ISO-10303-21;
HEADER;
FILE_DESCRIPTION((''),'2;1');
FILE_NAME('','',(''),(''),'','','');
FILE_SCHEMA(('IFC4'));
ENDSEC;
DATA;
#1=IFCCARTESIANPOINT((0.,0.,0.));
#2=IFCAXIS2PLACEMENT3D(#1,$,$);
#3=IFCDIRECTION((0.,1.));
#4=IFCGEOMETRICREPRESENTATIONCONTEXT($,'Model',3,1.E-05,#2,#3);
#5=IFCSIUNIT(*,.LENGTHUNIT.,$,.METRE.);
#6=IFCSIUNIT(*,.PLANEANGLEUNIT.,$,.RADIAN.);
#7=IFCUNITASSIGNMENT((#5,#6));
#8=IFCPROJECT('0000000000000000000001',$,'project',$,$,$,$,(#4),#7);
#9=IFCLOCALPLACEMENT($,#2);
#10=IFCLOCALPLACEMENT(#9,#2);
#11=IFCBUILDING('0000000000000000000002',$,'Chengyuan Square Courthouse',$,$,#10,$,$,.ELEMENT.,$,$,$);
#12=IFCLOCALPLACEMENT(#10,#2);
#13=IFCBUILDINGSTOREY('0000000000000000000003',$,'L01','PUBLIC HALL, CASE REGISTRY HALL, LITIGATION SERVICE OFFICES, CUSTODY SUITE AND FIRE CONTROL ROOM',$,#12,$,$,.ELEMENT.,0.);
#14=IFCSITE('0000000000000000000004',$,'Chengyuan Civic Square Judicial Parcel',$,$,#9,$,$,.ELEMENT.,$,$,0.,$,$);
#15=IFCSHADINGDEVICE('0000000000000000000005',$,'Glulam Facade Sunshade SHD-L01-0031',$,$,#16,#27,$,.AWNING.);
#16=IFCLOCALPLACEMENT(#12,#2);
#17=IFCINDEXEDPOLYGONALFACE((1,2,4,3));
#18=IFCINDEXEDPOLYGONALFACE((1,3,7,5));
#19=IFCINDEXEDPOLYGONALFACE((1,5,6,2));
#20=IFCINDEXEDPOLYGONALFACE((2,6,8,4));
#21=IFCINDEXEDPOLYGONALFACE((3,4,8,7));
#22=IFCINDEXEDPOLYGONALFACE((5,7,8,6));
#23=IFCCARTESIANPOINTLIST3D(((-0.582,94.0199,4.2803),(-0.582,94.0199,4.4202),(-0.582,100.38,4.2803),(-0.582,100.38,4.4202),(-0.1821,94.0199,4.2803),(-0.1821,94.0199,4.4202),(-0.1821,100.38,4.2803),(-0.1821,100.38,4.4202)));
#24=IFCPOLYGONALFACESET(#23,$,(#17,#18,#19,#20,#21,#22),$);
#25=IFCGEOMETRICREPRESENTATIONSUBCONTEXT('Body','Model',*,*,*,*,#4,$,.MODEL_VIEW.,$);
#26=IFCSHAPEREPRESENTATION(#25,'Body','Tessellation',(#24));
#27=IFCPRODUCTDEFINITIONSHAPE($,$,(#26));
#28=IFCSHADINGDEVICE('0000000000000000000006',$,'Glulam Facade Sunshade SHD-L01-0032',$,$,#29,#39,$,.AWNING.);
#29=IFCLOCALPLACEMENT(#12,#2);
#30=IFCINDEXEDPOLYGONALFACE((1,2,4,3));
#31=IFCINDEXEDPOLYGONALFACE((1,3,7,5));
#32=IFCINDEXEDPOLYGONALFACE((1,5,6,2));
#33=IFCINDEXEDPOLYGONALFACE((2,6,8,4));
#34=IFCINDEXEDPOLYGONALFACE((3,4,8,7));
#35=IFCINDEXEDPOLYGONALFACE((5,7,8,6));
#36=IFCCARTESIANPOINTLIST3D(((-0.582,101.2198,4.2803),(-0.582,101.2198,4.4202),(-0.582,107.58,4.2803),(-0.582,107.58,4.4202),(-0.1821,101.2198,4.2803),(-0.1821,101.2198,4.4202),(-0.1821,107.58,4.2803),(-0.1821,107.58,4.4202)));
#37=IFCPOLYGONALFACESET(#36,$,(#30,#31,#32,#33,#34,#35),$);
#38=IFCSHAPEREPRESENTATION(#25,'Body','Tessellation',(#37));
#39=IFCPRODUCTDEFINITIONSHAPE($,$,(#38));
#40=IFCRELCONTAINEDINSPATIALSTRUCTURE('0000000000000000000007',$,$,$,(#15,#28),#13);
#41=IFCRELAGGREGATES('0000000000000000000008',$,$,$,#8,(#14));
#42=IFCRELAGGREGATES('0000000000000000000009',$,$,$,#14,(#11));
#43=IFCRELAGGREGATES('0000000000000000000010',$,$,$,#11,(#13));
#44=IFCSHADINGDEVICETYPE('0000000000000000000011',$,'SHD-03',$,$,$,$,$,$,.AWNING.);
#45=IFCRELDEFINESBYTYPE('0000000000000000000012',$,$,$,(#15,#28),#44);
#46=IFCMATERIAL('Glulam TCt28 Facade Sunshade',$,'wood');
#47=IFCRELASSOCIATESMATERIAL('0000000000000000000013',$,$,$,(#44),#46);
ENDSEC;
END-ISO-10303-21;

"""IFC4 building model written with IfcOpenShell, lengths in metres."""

from ifc_helpers import new_model, si_unit, direction, frame, origin, origin_2d, place, context, subcontext, project, spatial, rectangle, extrude, material, type_object, element, save


model = new_model("IFC4")

# Units and contexts
model_context = context("Model", 3, precision=1e-05, world=origin(), true_north=direction((0.0, 1.0)))
body_context = subcontext(model_context, "Body", "Model", "MODEL_VIEW")
ifc_project = project(units=[si_unit("LENGTHUNIT", "METRE"), si_unit("PLANEANGLEUNIT", "RADIAN")], contexts=[model_context])

# Site, building, storey
site_placement = place(None, origin())
site = spatial("IfcSite", under=ifc_project, at=site_placement, Name="Chengyuan Civic Square Judicial Parcel", CompositionType="ELEMENT", RefElevation=0.0)
building_placement = place(site_placement, origin())
building = spatial("IfcBuilding", under=site, at=building_placement, Name="Chengyuan Square Courthouse", CompositionType="ELEMENT")
storey_placement = place(building_placement, origin())
storey = spatial("IfcBuildingStorey", under=building, at=storey_placement, Name="L01", Description="PUBLIC HALL, CASE REGISTRY HALL, LITIGATION SERVICE OFFICES, CUSTODY SUITE AND FIRE CONTROL ROOM", CompositionType="ELEMENT", Elevation=0.0)

# Shading devices
ifc_material_1 = material(Name="Glulam TCt28 Facade Sunshade", Category="wood")
shading_device_type = type_object("IfcShadingDeviceType", Name="SHD-03", PredefinedType="AWNING", material=ifc_material_1)
for number, where, z_axis, x_axis, name in (
    (1, (-0.3821, 97.2, 4.2803), (0.0, 0.0, 1.0), (0.0, 1.0, 0.0), "Glulam Facade Sunshade SHD-L01-0031"),
    (2, (-0.3821, 104.3999, 4.2803), (0.0, 0.0, 1.0), (0.0, 1.0, 0.0), "Glulam Facade Sunshade SHD-L01-0032"),
):
    element("IfcShadingDevice", number, at=place(storey_placement, frame(where, z_axis=z_axis, x_axis=x_axis)), inside=storey, type_object=shading_device_type, Name=name, PredefinedType="AWNING", context=body_context, shape_type="SweptSolid", body=[
        extrude(rectangle(XDim=6.3601, YDim=0.3999, at=origin_2d()), origin(), (0.0, 0.0, 1.0), 0.1399),
    ])

save(model, "model.ifc")
